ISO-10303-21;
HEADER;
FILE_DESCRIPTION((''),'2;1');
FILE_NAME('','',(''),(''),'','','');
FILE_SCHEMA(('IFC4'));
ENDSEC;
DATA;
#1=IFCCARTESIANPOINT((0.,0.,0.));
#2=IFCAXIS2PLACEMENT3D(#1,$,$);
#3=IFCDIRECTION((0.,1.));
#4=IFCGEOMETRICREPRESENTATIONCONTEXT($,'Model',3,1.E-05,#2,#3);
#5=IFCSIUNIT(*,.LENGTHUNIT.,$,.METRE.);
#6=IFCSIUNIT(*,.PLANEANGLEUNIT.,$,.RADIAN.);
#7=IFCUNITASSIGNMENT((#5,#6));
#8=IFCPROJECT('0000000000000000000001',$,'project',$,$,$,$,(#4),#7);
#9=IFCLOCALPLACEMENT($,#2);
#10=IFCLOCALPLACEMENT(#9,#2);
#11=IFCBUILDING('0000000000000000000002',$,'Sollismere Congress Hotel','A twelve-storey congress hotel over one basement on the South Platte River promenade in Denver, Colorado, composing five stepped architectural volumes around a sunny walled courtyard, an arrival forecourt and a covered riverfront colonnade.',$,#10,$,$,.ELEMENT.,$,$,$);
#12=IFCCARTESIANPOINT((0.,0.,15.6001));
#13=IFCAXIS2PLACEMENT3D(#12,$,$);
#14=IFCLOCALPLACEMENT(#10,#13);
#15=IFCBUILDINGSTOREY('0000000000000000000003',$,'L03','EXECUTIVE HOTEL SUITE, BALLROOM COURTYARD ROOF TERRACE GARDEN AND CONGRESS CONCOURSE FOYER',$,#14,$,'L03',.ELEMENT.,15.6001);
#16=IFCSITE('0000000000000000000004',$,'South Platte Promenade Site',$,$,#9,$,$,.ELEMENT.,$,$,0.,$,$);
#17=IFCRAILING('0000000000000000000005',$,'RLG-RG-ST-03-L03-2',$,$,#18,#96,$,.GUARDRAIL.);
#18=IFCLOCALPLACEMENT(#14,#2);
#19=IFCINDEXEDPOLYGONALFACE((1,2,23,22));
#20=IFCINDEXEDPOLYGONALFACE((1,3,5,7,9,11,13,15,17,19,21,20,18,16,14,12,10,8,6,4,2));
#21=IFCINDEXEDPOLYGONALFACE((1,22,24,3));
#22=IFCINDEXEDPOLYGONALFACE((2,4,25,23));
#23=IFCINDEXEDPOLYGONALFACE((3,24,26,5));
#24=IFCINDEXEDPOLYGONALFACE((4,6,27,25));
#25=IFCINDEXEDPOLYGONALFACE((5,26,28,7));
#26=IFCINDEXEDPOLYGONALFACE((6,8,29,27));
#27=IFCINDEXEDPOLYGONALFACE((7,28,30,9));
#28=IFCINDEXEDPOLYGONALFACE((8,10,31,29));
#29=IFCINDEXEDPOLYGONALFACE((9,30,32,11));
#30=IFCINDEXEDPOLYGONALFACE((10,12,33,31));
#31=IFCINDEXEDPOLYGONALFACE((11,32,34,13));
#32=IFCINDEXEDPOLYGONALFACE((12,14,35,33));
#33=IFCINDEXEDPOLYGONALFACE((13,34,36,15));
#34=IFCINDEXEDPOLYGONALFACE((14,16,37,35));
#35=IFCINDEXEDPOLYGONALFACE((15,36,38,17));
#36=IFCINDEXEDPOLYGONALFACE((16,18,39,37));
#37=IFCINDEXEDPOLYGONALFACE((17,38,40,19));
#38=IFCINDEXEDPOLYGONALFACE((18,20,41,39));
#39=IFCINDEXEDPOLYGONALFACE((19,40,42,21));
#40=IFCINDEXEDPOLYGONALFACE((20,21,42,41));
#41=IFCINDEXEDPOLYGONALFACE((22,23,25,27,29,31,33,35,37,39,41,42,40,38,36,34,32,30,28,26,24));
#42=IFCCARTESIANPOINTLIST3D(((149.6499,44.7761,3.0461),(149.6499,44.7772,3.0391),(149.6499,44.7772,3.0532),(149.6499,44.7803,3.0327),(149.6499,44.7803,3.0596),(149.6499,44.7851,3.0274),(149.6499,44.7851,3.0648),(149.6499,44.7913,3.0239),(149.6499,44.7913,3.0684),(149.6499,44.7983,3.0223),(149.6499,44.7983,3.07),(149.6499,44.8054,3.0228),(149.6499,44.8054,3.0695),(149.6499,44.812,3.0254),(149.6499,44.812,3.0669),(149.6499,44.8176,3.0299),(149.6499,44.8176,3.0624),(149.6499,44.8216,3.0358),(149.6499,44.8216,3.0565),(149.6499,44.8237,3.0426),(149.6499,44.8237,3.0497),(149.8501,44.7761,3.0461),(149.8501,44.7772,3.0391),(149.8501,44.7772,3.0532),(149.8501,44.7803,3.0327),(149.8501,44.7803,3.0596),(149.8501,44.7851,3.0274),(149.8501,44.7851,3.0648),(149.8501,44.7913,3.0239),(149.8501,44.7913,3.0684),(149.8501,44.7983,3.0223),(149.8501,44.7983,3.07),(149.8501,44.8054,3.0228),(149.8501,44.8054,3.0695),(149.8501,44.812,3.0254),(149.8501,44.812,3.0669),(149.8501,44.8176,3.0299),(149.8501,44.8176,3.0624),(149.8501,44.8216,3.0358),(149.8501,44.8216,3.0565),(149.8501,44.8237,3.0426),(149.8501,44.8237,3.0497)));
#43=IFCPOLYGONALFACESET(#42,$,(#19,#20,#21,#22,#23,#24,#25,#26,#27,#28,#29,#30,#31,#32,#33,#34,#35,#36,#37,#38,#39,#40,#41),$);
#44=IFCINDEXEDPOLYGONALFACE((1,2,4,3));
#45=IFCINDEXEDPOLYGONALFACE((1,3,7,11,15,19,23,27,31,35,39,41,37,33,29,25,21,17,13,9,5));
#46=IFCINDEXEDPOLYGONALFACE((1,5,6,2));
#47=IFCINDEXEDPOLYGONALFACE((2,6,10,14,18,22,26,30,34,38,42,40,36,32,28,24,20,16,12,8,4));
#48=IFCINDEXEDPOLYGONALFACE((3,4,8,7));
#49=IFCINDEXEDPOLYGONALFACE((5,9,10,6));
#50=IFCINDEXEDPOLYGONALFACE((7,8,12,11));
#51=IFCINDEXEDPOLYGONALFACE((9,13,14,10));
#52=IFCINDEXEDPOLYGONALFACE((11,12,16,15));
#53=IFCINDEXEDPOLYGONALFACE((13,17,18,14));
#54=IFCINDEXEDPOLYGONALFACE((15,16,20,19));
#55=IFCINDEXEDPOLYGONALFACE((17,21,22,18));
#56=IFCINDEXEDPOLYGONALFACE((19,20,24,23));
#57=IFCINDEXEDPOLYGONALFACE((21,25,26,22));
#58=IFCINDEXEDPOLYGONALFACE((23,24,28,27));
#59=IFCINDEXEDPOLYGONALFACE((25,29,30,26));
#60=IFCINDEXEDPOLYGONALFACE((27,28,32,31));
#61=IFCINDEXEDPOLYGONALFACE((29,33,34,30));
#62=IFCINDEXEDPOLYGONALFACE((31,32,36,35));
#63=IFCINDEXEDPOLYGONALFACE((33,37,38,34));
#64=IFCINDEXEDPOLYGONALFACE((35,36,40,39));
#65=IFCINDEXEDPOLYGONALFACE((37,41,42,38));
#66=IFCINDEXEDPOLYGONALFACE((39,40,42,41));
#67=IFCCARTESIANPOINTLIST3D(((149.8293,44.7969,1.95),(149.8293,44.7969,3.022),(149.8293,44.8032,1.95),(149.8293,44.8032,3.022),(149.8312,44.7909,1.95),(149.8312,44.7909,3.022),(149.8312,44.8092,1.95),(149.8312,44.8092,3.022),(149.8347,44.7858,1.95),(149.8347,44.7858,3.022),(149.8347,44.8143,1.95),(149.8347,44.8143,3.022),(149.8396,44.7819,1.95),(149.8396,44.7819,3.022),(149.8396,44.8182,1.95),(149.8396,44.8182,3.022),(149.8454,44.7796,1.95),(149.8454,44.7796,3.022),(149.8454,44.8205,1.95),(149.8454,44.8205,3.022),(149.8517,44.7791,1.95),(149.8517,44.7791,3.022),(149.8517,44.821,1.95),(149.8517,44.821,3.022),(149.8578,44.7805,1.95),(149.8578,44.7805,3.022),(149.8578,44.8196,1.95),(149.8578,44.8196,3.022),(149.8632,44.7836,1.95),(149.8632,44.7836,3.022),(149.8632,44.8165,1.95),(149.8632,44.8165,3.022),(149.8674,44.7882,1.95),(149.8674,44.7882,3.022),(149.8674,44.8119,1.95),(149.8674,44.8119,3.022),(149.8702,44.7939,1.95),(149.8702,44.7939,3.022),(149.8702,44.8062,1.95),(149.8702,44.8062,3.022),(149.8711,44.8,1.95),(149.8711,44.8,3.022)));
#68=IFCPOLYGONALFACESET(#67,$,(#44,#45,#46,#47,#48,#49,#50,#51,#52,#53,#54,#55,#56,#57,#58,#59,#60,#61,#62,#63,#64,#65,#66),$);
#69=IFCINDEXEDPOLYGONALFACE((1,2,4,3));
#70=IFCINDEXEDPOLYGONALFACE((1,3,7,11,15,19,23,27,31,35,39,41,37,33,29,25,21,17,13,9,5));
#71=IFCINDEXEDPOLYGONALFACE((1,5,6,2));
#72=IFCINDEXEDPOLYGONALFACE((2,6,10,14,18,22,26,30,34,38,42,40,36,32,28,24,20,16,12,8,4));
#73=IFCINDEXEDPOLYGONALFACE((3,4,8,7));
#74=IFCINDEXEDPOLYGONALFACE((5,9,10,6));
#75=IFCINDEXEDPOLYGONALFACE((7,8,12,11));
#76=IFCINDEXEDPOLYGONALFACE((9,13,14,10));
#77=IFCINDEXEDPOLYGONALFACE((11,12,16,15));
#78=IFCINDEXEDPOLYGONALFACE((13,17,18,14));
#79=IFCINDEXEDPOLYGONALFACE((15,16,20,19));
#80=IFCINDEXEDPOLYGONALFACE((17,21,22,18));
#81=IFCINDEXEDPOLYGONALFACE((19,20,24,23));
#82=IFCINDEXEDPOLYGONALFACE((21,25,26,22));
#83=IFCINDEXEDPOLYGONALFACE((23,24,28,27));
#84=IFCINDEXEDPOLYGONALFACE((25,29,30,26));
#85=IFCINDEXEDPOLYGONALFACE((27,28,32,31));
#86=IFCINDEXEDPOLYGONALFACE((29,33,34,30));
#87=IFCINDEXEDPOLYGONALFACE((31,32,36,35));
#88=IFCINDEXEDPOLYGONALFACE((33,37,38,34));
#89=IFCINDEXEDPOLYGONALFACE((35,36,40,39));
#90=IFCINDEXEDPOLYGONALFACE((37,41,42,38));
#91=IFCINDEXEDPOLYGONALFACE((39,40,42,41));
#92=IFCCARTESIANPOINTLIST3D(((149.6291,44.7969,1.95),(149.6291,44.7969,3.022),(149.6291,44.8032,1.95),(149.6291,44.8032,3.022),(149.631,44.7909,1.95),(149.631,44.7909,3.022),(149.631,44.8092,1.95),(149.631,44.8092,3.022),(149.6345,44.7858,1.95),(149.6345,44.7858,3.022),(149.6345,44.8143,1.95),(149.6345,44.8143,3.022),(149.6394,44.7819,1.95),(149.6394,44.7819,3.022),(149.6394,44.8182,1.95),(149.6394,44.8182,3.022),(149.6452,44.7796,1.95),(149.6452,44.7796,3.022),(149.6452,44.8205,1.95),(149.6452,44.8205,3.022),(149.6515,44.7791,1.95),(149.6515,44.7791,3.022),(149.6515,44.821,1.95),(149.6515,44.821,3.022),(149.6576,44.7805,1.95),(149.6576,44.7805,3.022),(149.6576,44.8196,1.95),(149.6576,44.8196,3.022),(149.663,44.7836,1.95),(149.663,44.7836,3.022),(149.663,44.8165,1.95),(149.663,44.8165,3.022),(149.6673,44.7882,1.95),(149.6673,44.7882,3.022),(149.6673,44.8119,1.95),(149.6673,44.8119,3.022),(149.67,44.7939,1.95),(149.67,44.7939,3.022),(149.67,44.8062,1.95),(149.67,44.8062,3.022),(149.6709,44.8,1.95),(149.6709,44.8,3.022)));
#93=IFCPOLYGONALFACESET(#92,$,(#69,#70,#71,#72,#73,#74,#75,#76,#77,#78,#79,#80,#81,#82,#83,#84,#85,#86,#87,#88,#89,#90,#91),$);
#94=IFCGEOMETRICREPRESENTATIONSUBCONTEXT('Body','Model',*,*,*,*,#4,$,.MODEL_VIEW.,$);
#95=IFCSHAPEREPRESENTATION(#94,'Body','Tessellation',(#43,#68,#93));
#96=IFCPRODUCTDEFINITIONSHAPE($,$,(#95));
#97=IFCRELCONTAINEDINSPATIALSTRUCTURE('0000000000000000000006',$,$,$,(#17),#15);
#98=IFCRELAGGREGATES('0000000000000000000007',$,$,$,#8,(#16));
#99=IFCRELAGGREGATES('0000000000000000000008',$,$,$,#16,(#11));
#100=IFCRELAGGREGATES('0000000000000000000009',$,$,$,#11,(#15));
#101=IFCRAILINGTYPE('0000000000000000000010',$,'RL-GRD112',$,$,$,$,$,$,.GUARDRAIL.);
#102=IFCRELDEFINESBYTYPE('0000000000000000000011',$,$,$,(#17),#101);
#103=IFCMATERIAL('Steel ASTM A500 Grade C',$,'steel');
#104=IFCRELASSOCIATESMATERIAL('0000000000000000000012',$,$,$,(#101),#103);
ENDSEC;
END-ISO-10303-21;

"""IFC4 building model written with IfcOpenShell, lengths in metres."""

from ifc_helpers import new_model, si_unit, direction, frame, origin, origin_2d, place, context, subcontext, project, spatial, circle, extrude, material, type_object, element, save


model = new_model("IFC4")

# Units and contexts
model_context = context("Model", 3, precision=1e-05, world=origin(), true_north=direction((0.0, 1.0)))
body_context = subcontext(model_context, "Body", "Model", "MODEL_VIEW")
ifc_project = project(units=[si_unit("LENGTHUNIT", "METRE"), si_unit("PLANEANGLEUNIT", "RADIAN")], contexts=[model_context])

# Site, building, storey
site_placement = place(None, origin())
site = spatial("IfcSite", under=ifc_project, at=site_placement, Name="South Platte Promenade Site", CompositionType="ELEMENT", RefElevation=0.0)
building_placement = place(site_placement, origin())
building = spatial("IfcBuilding", under=site, at=building_placement, Name="Sollismere Congress Hotel", Description="A twelve-storey congress hotel over one basement on the South Platte River promenade in Denver, Colorado, composing five stepped architectural volumes around a sunny walled courtyard, an arrival forecourt and a covered riverfront colonnade.", CompositionType="ELEMENT")
storey_placement = place(building_placement, frame((0.0, 0.0, 15.6001)))
storey = spatial("IfcBuildingStorey", under=building, at=storey_placement, Name="L03", Description="EXECUTIVE HOTEL SUITE, BALLROOM COURTYARD ROOF TERRACE GARDEN AND CONGRESS CONCOURSE FOYER", LongName="L03", CompositionType="ELEMENT", Elevation=15.6001)

# Railing
ifc_material_1 = material(Name="Steel ASTM A500 Grade C", Category="steel")
railing_type_1 = type_object("IfcRailingType", Name="RL-GRD112", PredefinedType="GUARDRAIL", material=ifc_material_1)
railing_1_placement = place(storey_placement, frame((149.8501, 44.8, 1.95)))
element("IfcRailing", 1, at=railing_1_placement, inside=storey, type_object=railing_type_1, Name="RLG-RG-ST-03-L03-2", PredefinedType="GUARDRAIL", context=body_context, shape_type="SweptSolid", body=[
    extrude(circle(Radius=0.0239, at=origin_2d()), frame((0.0, 0.0, 1.0962), z_axis=(-1.0, 0.0, 0.0), x_axis=(0.0, -1.0, 0.0)), (0.0, 0.0, 1.0), 0.2002),
    extrude(circle(Radius=0.021, at=origin_2d()), origin(), (0.0, 0.0, 1.0), 1.072),
    extrude(circle(Radius=0.021, at=origin_2d()), frame((-0.2002, 0.0, 0.0)), (0.0, 0.0, 1.0), 1.072),
])

save(model, "model.ifc")
